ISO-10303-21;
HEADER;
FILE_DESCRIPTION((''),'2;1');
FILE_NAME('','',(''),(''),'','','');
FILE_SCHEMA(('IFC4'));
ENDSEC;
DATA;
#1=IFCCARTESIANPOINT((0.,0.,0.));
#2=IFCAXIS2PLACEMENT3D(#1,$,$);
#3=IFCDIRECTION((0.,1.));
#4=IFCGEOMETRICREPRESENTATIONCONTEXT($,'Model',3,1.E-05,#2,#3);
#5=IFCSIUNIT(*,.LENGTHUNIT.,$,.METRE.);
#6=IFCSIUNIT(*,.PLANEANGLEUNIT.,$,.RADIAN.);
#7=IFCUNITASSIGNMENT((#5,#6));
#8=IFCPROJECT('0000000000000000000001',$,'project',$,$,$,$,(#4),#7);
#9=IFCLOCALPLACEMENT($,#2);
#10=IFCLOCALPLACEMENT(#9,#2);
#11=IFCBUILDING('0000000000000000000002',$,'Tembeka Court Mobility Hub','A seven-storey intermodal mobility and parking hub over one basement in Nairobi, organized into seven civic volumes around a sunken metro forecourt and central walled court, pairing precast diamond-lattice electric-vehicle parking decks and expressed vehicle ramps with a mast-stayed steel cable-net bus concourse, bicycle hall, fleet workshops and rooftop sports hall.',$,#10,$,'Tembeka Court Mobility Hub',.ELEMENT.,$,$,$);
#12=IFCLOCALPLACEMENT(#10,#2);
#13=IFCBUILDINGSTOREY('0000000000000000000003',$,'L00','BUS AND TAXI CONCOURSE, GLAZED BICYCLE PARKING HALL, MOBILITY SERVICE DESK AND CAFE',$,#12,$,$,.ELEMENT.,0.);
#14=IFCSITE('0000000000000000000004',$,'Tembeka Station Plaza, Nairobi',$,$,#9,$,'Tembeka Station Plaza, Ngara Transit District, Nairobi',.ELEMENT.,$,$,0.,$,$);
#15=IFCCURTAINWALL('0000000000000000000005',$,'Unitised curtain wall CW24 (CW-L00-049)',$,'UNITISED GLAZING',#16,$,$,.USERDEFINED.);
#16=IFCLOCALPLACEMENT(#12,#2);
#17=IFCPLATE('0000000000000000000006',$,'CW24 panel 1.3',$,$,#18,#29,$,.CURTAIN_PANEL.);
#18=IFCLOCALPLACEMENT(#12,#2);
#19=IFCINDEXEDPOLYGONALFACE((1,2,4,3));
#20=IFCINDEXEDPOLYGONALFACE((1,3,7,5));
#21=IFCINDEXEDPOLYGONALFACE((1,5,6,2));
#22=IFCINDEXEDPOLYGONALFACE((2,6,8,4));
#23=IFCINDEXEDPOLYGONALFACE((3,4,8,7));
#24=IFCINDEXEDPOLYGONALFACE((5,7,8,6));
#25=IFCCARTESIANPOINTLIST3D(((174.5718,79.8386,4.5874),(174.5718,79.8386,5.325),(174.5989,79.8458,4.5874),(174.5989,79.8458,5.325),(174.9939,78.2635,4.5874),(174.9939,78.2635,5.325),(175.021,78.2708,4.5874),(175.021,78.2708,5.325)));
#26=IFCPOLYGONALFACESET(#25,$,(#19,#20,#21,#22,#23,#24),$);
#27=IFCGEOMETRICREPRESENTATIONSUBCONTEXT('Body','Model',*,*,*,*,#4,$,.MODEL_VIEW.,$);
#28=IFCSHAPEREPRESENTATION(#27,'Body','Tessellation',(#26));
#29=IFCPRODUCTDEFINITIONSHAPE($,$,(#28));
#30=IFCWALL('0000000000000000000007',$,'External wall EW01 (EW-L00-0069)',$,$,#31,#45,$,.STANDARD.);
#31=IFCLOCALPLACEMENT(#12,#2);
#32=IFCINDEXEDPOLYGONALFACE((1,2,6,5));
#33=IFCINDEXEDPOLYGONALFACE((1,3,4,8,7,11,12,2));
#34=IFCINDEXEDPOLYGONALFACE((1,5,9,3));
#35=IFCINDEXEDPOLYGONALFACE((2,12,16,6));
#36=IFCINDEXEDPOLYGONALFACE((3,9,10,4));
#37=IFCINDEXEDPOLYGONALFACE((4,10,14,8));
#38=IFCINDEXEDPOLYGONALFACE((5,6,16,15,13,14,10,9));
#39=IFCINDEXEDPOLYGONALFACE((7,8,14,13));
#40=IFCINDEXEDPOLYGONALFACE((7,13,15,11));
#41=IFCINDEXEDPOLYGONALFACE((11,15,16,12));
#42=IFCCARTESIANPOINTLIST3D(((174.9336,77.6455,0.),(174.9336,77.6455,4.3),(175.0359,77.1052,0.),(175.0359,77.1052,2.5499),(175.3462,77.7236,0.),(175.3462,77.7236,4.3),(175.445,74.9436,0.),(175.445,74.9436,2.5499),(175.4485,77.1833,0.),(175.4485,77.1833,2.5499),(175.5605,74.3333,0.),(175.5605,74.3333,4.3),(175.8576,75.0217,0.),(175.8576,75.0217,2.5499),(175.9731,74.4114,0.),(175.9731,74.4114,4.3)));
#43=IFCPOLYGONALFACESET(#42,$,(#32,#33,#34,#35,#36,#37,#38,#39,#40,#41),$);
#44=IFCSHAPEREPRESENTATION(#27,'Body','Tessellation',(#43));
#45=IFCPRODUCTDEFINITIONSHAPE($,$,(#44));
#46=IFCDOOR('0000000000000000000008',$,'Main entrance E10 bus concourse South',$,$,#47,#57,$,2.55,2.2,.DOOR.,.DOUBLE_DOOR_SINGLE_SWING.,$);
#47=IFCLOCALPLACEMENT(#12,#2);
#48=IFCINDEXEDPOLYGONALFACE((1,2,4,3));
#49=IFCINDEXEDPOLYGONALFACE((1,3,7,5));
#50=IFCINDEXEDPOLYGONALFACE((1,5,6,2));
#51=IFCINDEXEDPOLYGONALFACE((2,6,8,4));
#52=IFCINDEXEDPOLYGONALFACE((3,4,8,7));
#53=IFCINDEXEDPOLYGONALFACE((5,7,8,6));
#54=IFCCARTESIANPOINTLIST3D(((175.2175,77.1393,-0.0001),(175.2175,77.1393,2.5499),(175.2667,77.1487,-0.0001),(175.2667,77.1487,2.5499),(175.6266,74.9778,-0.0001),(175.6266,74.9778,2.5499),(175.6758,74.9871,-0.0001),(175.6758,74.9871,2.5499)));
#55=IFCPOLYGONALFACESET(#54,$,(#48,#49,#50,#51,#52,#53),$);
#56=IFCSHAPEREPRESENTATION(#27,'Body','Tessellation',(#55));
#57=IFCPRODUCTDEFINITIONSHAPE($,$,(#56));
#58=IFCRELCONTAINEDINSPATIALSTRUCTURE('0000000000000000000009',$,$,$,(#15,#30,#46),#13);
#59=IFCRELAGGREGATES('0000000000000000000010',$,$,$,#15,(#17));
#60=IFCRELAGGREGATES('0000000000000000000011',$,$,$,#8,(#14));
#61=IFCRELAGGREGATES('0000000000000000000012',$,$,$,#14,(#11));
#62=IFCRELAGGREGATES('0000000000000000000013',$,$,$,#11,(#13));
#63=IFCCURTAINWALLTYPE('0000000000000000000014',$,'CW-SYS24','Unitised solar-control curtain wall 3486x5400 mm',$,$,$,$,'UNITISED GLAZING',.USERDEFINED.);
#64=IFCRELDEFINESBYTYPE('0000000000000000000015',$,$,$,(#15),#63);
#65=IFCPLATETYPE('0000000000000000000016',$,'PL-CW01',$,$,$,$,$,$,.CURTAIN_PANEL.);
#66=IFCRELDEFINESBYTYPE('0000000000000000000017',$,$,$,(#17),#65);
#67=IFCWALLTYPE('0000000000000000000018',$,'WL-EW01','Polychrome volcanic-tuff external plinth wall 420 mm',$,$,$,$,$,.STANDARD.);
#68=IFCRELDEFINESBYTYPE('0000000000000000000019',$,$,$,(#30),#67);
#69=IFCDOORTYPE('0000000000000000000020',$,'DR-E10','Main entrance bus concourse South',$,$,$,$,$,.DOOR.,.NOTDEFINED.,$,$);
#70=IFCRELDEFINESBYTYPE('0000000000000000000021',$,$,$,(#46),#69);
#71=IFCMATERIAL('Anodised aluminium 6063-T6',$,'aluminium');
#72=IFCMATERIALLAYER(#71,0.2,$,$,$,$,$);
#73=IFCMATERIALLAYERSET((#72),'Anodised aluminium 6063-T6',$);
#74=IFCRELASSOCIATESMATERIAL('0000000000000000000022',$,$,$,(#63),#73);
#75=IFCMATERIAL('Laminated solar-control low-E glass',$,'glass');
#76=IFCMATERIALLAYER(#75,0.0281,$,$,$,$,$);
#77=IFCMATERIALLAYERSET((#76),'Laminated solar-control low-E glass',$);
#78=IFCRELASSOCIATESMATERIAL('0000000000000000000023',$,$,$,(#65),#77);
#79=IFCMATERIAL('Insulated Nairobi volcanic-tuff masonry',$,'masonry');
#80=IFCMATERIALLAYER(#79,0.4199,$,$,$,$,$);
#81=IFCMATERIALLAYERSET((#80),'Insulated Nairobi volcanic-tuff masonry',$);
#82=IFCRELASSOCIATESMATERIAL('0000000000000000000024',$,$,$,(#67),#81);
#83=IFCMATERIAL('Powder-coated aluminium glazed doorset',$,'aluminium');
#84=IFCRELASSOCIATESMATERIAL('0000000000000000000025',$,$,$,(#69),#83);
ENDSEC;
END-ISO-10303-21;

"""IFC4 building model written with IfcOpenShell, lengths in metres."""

from ifc_helpers import new_model, si_unit, direction, frame, frame_2d, origin, origin_2d, place, context, subcontext, project, spatial, rectangle, extrude, material, layer, layer_set, type_object, element, fill, aggregate, save


model = new_model("IFC4")

# Units and contexts
model_context = context("Model", 3, precision=1e-05, world=origin(), true_north=direction((0.0, 1.0)))
body_context = subcontext(model_context, "Body", "Model", "MODEL_VIEW")
ifc_project = project(units=[si_unit("LENGTHUNIT", "METRE"), si_unit("PLANEANGLEUNIT", "RADIAN")], contexts=[model_context])

# Site, building, storey
site_placement = place(None, origin())
site = spatial("IfcSite", under=ifc_project, at=site_placement, Name="Tembeka Station Plaza, Nairobi", LongName="Tembeka Station Plaza, Ngara Transit District, Nairobi", CompositionType="ELEMENT", RefElevation=0.0)
building_placement = place(site_placement, origin())
building = spatial("IfcBuilding", under=site, at=building_placement, Name="Tembeka Court Mobility Hub", Description="A seven-storey intermodal mobility and parking hub over one basement in Nairobi, organized into seven civic volumes around a sunken metro forecourt and central walled court, pairing precast diamond-lattice electric-vehicle parking decks and expressed vehicle ramps with a mast-stayed steel cable-net bus concourse, bicycle hall, fleet workshops and rooftop sports hall.", LongName="Tembeka Court Mobility Hub", CompositionType="ELEMENT")
storey_placement = place(building_placement, origin())
storey = spatial("IfcBuildingStorey", under=building, at=storey_placement, Name="L00", Description="BUS AND TAXI CONCOURSE, GLAZED BICYCLE PARKING HALL, MOBILITY SERVICE DESK AND CAFE", CompositionType="ELEMENT", Elevation=0.0)

# Shared definitions
ifc_material_1 = material(Name="Anodised aluminium 6063-T6", Category="aluminium")
ifc_layer_1 = layer(ifc_material_1, 0.2)
ifc_layer_set_1 = layer_set([ifc_layer_1], Name="Anodised aluminium 6063-T6")
curtain_wall_type = type_object("IfcCurtainWallType", Name="CW-SYS24", Description="Unitised solar-control curtain wall 3486x5400 mm", ElementType="UNITISED GLAZING", PredefinedType="USERDEFINED", material=ifc_layer_set_1)

# Curtain wall
curtain_wall_1_placement = place(storey_placement, origin())
curtain_wall_1 = element("IfcCurtainWall", 1, at=curtain_wall_1_placement, inside=storey, type_object=curtain_wall_type, Name="Unitised curtain wall CW24 (CW-L00-049)", ObjectType="UNITISED GLAZING", PredefinedType="USERDEFINED")

# Plate
ifc_material_2 = material(Name="Laminated solar-control low-E glass", Category="glass")
ifc_layer_2 = layer(ifc_material_2, 0.0281)
ifc_layer_set_2 = layer_set([ifc_layer_2], Name="Laminated solar-control low-E glass")
plate_type = type_object("IfcPlateType", Name="PL-CW01", PredefinedType="CURTAIN_PANEL", material=ifc_layer_set_2)
plate_1_placement = place(storey_placement, frame((174.7964, 79.0547, 4.5874), z_axis=(0.0, 0.0, 1.0), x_axis=(-0.258828, 0.965923, 0.0)))
plate_1 = element("IfcPlate", 2, at=plate_1_placement, type_object=plate_type, Name="CW24 panel 1.3", PredefinedType="CURTAIN_PANEL", context=body_context, shape_type="SweptSolid", body=[
    extrude(rectangle(XDim=1.6306, YDim=0.0281, at=origin_2d()), origin(), (0.0, 0.0, 1.0), 0.7375),
])
aggregate(curtain_wall_1, [plate_1])

# Wall, opening, door
ifc_material_3 = material(Name="Insulated Nairobi volcanic-tuff masonry", Category="masonry")
ifc_layer_3 = layer(ifc_material_3, 0.4199)
ifc_layer_set_3 = layer_set([ifc_layer_3], Name="Insulated Nairobi volcanic-tuff masonry")
wall_type = type_object("IfcWallType", Name="WL-EW01", Description="Polychrome volcanic-tuff external plinth wall 420 mm", PredefinedType="STANDARD", material=ifc_layer_set_3)
wall_placement = place(storey_placement, frame((175.7668, 74.3723, 0.0), z_axis=(0.0, 0.0, 1.0), x_axis=(-0.18598, 0.982553, 0.0)))
wall = element("IfcWall", 3, at=wall_placement, inside=storey, type_object=wall_type, Name="External wall EW01 (EW-L00-0069)", PredefinedType="STANDARD", context=body_context, shape_type="SweptSolid", body=[
    extrude(rectangle(XDim=3.3711, YDim=0.4199, at=frame_2d((1.6855, 0.0))), origin(), (0.0, 0.0, 1.0), 4.3),
])
opening_placement = place(wall_placement, frame((0.6211, 0.0, 0.0)))
opening = element("IfcOpeningElement", 4, at=opening_placement, cuts=wall, PredefinedType="OPENING", context=body_context, shape_type="SweptSolid", body=[
    extrude(rectangle(XDim=2.2, YDim=2.55, at=frame_2d((1.1001, 1.2749))), frame((0.0, 0.22, 0.0), z_axis=(0.0, -1.0, 0.0), x_axis=(1.0, 0.0, 0.0)), (0.0, 0.0, 1.0), 0.4399),
])
ifc_material_4 = material(Name="Powder-coated aluminium glazed doorset", Category="aluminium")
door_type = type_object("IfcDoorType", Name="DR-E10", Description="Main entrance bus concourse South", OperationType="NOTDEFINED", PredefinedType="DOOR", material=ifc_material_4)
door_placement = place(opening_placement, frame((2.2, 0.0, 0.0), z_axis=(0.0, 0.0, 1.0), x_axis=(-1.0, 0.0, 0.0)))
door = element("IfcDoor", 5, at=door_placement, inside=storey, type_object=door_type, Name="Main entrance E10 bus concourse South", OperationType="DOUBLE_DOOR_SINGLE_SWING", OverallHeight=2.55, OverallWidth=2.2, PredefinedType="DOOR", context=body_context, shape_type="SweptSolid", body=[
    extrude(rectangle(XDim=2.2, YDim=2.55, at=frame_2d((1.1001, 1.2749))), frame((0.0, 0.0249, 0.0), z_axis=(0.0, -1.0, 0.0), x_axis=(1.0, 0.0, 0.0)), (0.0, 0.0, 1.0), 0.05),
])
fill(opening, door)

save(model, "model.ifc")
